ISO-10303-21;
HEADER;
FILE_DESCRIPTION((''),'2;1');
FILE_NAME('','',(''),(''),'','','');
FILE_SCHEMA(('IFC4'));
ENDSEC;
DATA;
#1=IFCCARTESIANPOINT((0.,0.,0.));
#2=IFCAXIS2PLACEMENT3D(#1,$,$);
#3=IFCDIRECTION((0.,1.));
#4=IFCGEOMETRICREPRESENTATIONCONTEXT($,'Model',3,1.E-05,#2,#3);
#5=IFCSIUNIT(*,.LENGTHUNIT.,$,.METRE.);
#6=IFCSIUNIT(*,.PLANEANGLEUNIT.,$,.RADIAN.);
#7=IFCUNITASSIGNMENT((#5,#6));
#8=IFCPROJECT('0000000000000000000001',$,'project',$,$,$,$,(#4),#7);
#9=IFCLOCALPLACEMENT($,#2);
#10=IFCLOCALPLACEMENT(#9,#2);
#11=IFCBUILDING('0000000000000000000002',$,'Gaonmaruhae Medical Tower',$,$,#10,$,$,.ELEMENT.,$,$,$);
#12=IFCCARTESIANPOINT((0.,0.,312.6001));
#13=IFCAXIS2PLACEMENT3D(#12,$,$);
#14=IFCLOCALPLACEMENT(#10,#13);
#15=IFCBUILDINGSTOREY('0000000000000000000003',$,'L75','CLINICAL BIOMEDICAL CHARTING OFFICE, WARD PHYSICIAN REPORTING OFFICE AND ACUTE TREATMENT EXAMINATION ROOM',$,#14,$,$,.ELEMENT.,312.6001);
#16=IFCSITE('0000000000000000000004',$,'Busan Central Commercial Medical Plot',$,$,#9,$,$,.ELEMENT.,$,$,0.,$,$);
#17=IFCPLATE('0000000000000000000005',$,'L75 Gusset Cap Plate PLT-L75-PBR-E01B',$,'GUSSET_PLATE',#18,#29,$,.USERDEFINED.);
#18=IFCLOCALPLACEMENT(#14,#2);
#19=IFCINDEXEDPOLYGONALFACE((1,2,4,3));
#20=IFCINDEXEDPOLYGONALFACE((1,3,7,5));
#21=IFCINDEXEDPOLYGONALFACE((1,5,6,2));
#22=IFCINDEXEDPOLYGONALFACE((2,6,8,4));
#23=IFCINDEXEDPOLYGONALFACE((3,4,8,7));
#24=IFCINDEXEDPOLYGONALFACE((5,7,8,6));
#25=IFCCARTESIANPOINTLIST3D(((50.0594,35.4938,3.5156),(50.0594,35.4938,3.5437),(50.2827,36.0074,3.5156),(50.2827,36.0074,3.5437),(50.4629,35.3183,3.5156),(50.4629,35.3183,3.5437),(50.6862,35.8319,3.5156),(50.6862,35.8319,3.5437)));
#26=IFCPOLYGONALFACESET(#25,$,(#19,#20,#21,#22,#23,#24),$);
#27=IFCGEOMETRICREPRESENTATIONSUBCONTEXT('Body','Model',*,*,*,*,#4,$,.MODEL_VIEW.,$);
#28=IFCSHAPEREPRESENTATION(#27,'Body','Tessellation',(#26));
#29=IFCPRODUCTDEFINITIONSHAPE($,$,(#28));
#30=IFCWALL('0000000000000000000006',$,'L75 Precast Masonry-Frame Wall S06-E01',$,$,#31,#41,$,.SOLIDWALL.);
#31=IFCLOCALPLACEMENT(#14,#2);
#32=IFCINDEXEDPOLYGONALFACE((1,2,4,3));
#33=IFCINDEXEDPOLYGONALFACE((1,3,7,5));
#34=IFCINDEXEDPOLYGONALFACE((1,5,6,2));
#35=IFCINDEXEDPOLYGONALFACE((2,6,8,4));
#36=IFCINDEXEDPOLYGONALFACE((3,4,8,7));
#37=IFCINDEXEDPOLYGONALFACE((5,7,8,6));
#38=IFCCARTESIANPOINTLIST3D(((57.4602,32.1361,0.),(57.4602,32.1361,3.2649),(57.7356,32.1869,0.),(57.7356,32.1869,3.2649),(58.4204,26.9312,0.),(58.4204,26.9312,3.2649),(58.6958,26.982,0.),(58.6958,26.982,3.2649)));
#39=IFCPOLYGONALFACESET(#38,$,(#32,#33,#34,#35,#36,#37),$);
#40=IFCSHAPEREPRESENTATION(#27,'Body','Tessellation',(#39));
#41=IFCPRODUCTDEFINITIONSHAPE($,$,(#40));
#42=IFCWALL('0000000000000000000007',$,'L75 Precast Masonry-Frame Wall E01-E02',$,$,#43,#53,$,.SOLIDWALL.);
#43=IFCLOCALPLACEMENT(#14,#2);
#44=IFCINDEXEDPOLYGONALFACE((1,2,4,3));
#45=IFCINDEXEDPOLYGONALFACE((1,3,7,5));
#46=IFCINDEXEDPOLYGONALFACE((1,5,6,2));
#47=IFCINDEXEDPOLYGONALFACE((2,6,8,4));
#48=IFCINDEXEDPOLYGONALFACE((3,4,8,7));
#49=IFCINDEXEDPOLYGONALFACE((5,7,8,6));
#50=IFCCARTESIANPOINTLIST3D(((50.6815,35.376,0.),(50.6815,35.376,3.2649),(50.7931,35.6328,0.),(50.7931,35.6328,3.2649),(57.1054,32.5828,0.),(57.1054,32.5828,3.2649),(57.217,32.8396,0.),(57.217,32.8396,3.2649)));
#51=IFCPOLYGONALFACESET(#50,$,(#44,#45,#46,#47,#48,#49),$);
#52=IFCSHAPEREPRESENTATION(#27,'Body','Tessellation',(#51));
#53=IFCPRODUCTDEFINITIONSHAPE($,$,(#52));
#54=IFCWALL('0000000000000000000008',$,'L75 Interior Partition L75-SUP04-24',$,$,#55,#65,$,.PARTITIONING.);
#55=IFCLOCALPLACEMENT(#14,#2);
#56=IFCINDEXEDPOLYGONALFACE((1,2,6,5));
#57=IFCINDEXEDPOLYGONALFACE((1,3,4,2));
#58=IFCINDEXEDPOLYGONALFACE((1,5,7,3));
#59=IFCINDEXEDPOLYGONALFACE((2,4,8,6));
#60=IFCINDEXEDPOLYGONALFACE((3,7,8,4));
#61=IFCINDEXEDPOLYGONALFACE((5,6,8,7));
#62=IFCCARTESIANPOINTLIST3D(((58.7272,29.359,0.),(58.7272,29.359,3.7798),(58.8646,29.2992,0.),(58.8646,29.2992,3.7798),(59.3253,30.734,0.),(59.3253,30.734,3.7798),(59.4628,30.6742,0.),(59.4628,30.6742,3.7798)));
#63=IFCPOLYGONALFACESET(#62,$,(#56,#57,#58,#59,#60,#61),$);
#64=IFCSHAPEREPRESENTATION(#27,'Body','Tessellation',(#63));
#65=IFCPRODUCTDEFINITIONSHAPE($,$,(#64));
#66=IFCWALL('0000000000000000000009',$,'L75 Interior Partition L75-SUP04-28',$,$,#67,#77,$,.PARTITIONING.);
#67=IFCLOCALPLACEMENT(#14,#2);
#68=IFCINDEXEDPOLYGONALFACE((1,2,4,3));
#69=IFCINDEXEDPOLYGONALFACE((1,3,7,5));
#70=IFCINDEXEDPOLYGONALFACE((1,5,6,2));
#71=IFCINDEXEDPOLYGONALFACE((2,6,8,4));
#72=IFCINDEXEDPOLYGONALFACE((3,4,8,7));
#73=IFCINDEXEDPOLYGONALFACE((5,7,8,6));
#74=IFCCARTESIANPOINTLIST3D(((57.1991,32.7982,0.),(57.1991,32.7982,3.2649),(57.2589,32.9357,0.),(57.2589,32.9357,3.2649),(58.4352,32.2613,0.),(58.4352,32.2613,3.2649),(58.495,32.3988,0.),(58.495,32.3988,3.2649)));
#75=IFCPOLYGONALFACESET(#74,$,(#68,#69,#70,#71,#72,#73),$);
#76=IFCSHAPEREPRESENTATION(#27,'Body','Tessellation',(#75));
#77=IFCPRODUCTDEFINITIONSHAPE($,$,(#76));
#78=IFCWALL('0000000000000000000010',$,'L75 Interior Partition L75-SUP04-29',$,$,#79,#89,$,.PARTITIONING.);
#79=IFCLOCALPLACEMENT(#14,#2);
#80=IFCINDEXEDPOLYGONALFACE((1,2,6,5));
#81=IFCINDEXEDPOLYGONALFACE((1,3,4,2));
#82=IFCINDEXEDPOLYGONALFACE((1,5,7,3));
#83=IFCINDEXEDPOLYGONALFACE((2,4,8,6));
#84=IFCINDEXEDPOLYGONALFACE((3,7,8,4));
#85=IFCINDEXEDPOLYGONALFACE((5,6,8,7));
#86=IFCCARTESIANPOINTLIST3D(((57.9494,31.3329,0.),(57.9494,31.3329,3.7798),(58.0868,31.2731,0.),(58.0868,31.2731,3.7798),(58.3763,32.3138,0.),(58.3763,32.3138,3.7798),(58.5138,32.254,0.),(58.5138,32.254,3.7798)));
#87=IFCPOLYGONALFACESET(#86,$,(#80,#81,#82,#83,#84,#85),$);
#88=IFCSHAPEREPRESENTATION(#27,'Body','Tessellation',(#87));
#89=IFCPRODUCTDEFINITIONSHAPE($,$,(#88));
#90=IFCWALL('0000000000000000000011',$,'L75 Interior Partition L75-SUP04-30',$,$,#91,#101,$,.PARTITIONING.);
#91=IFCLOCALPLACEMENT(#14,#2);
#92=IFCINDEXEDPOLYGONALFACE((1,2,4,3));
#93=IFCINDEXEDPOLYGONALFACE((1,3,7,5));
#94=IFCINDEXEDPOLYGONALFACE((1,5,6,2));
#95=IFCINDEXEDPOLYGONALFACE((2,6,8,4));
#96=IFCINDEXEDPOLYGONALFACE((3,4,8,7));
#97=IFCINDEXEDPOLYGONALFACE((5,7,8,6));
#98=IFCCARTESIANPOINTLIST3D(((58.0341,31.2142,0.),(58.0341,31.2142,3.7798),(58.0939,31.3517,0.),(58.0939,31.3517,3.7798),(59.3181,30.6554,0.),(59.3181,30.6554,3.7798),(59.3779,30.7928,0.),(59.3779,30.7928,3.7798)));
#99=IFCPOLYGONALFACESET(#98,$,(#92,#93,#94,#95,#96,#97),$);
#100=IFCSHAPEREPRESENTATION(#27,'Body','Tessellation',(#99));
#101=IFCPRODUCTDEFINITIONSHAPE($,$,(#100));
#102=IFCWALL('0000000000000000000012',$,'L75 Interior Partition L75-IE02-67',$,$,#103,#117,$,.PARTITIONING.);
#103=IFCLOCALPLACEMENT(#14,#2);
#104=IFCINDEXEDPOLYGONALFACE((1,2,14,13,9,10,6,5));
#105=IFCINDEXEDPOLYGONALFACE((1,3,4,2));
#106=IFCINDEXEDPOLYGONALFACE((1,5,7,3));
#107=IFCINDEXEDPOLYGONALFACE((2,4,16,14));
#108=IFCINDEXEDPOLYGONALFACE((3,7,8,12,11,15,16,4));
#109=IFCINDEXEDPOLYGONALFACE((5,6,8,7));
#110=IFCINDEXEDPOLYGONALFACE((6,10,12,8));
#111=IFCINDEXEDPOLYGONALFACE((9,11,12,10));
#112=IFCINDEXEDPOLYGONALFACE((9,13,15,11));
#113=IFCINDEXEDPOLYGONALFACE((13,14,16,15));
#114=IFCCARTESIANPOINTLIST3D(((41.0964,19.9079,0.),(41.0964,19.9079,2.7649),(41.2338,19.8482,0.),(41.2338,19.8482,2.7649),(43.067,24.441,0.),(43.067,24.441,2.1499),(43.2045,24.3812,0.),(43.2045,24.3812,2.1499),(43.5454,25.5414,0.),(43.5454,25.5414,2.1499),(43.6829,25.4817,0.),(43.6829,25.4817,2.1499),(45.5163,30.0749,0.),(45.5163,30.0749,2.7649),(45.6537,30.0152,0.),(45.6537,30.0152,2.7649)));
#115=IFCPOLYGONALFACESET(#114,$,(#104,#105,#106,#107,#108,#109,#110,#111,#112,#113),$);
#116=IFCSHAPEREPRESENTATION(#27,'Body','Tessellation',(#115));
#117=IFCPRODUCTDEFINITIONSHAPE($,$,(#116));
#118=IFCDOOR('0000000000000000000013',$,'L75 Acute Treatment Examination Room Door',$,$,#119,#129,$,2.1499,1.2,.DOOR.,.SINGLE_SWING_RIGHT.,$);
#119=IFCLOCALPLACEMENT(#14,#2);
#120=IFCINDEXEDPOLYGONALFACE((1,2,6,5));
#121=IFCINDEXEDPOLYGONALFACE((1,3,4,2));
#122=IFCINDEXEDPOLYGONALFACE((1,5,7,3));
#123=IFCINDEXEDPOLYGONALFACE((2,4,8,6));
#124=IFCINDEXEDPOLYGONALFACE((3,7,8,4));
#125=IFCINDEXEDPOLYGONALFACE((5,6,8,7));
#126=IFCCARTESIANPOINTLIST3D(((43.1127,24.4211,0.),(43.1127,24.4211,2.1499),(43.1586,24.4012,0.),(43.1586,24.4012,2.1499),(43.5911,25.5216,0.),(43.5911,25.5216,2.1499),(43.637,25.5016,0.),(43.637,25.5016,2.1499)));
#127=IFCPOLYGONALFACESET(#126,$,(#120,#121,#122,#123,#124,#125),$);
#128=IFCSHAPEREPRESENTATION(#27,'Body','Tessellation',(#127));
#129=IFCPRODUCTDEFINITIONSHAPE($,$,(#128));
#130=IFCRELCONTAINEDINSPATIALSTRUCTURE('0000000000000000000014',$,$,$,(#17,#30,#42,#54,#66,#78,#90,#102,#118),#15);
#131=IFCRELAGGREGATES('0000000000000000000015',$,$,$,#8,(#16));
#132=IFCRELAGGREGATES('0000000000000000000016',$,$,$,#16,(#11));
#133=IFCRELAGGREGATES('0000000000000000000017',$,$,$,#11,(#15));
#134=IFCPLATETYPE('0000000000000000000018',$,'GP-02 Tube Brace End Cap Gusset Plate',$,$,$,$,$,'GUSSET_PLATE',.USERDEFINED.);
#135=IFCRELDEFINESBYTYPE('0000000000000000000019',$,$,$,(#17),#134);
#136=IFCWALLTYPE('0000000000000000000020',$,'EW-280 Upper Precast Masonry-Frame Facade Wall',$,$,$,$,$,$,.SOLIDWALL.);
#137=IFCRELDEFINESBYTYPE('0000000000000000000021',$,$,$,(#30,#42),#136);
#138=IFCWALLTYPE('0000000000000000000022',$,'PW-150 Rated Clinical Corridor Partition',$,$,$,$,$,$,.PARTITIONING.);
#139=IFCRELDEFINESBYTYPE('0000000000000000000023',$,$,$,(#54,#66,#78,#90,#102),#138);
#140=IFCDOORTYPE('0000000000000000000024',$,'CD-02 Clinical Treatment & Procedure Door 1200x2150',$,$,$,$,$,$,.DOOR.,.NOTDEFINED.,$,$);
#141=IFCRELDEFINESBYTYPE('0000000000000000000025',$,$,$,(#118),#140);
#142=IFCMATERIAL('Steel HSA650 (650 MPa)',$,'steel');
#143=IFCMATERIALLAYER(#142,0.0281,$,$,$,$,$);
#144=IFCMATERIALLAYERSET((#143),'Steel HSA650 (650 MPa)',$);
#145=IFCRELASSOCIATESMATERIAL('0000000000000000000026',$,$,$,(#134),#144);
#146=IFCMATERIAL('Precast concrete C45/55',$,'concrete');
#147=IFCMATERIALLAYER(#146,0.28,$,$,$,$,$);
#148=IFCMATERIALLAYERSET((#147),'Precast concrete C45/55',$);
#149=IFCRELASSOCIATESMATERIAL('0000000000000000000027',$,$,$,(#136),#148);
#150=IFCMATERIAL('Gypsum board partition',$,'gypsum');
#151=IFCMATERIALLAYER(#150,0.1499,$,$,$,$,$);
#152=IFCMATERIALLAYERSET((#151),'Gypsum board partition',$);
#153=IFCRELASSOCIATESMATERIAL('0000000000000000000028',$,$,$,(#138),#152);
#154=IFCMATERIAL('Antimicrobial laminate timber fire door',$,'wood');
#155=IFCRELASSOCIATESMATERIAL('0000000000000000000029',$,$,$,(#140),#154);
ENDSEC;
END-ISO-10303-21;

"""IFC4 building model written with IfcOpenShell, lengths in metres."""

from ifc_helpers import new_model, si_unit, direction, frame, frame_2d, origin, origin_2d, place, context, subcontext, project, spatial, rectangle, extrude, material, layer, layer_set, type_object, element, fill, save


model = new_model("IFC4")

# Units and contexts
model_context = context("Model", 3, precision=1e-05, world=origin(), true_north=direction((0.0, 1.0)))
body_context = subcontext(model_context, "Body", "Model", "MODEL_VIEW")
ifc_project = project(units=[si_unit("LENGTHUNIT", "METRE"), si_unit("PLANEANGLEUNIT", "RADIAN")], contexts=[model_context])

# Site, building, storey
site_placement = place(None, origin())
site = spatial("IfcSite", under=ifc_project, at=site_placement, Name="Busan Central Commercial Medical Plot", CompositionType="ELEMENT", RefElevation=0.0)
building_placement = place(site_placement, origin())
building = spatial("IfcBuilding", under=site, at=building_placement, Name="Gaonmaruhae Medical Tower", CompositionType="ELEMENT")
storey_placement = place(building_placement, frame((0.0, 0.0, 312.6001)))
storey = spatial("IfcBuildingStorey", under=building, at=storey_placement, Name="L75", Description="CLINICAL BIOMEDICAL CHARTING OFFICE, WARD PHYSICIAN REPORTING OFFICE AND ACUTE TREATMENT EXAMINATION ROOM", CompositionType="ELEMENT", Elevation=312.6001)

# Plate
ifc_material_1 = material(Name="Steel HSA650 (650 MPa)", Category="steel")
ifc_layer_1 = layer(ifc_material_1, 0.0281)
ifc_layer_set_1 = layer_set([ifc_layer_1], Name="Steel HSA650 (650 MPa)")
plate_type = type_object("IfcPlateType", Name="GP-02 Tube Brace End Cap Gusset Plate", ElementType="GUSSET_PLATE", PredefinedType="USERDEFINED", material=ifc_layer_set_1)
for number, where, z_axis, x_axis, name in (
    (1, (50.3728, 35.6628, 3.5156), (0.0, 0.0, 1.0), (0.398749, 0.91706, 0.0), "L75 Gusset Cap Plate PLT-L75-PBR-E01B"),
):
    element("IfcPlate", number, at=place(storey_placement, frame(where, z_axis=z_axis, x_axis=x_axis)), inside=storey, type_object=plate_type, Name=name, ObjectType="GUSSET_PLATE", PredefinedType="USERDEFINED", context=body_context, shape_type="SweptSolid", body=[
        extrude(rectangle(XDim=0.5601, YDim=0.4399, at=origin_2d()), origin(), (0.0, 0.0, 1.0), 0.0281),
    ])

# Walls
ifc_material_2 = material(Name="Precast concrete C45/55", Category="concrete")
ifc_layer_2 = layer(ifc_material_2, 0.28)
ifc_layer_set_2 = layer_set([ifc_layer_2], Name="Precast concrete C45/55")
wall_type_1 = type_object("IfcWallType", Name="EW-280 Upper Precast Masonry-Frame Facade Wall", PredefinedType="SOLIDWALL", material=ifc_layer_set_2)
wall_1_placement = place(storey_placement, frame((57.5979, 32.1616, 0.0), z_axis=(0.0, 0.0, 1.0), x_axis=(0.181422, -0.983405, 0.0)))
element("IfcWall", 2, at=wall_1_placement, inside=storey, type_object=wall_type_1, Name="L75 Precast Masonry-Frame Wall S06-E01", PredefinedType="SOLIDWALL", context=body_context, shape_type="SweptSolid", body=[
    extrude(rectangle(XDim=5.2927, YDim=0.28, at=frame_2d((2.6465, 0.0))), origin(), (0.0, 0.0, 1.0), 3.2649),
])
wall_2_placement = place(storey_placement, frame((50.7373, 35.5044, 0.0), z_axis=(0.0, 0.0, 1.0), x_axis=(0.917057, -0.398755, 0.0)))
element("IfcWall", 3, at=wall_2_placement, inside=storey, type_object=wall_type_1, Name="L75 Precast Masonry-Frame Wall E01-E02", PredefinedType="SOLIDWALL", context=body_context, shape_type="SweptSolid", body=[
    extrude(rectangle(XDim=7.0049, YDim=0.28, at=frame_2d((3.5024, 0.0))), origin(), (0.0, 0.0, 1.0), 3.2649),
])
ifc_material_3 = material(Name="Gypsum board partition", Category="gypsum")
ifc_layer_3 = layer(ifc_material_3, 0.1499)
ifc_layer_set_3 = layer_set([ifc_layer_3], Name="Gypsum board partition")
wall_type_2 = type_object("IfcWallType", Name="PW-150 Rated Clinical Corridor Partition", PredefinedType="PARTITIONING", material=ifc_layer_set_3)
wall_3_placement = place(storey_placement, frame((59.394, 30.7041, 0.0), z_axis=(0.0, 0.0, 1.0), x_axis=(-0.398905, -0.916992, 0.0)))
element("IfcWall", 4, at=wall_3_placement, inside=storey, type_object=wall_type_2, Name="L75 Interior Partition L75-SUP04-24", PredefinedType="PARTITIONING", context=body_context, shape_type="SweptSolid", body=[
    extrude(rectangle(XDim=1.4995, YDim=0.1499, at=frame_2d((0.7498, 0.0))), origin(), (0.0, 0.0, 1.0), 3.7798),
])

# Shared definitions
ifc_material_4 = material(Name="Antimicrobial laminate timber fire door", Category="wood")
door_type = type_object("IfcDoorType", Name="CD-02 Clinical Treatment & Procedure Door 1200x2150", OperationType="NOTDEFINED", PredefinedType="DOOR", material=ifc_material_4)

# Walls
wall_4_placement = place(storey_placement, frame((57.229, 32.8669, 0.0), z_axis=(0.0, 0.0, 1.0), x_axis=(0.917223, -0.398375, 0.0)))
element("IfcWall", 5, at=wall_4_placement, inside=storey, type_object=wall_type_2, Name="L75 Interior Partition L75-SUP04-28", PredefinedType="PARTITIONING", context=body_context, shape_type="SweptSolid", body=[
    extrude(rectangle(XDim=1.3477, YDim=0.1499, at=frame_2d((0.6738, 0.0))), origin(), (0.0, 0.0, 1.0), 3.2649),
])
wall_5_placement = place(storey_placement, frame((58.4451, 32.2839, 0.0), z_axis=(0.0, 0.0, 1.0), x_axis=(-0.399118, -0.916899, 0.0)))
element("IfcWall", 6, at=wall_5_placement, inside=storey, type_object=wall_type_2, Name="L75 Interior Partition L75-SUP04-29", PredefinedType="PARTITIONING", context=body_context, shape_type="SweptSolid", body=[
    extrude(rectangle(XDim=1.0698, YDim=0.1499, at=frame_2d((0.5349, 0.0))), origin(), (0.0, 0.0, 1.0), 3.7798),
])
wall_6_placement = place(storey_placement, frame((58.064, 31.283, 0.0), z_axis=(0.0, 0.0, 1.0), x_axis=(0.916912, -0.399089, 0.0)))
element("IfcWall", 7, at=wall_6_placement, inside=storey, type_object=wall_type_2, Name="L75 Interior Partition L75-SUP04-30", PredefinedType="PARTITIONING", context=body_context, shape_type="SweptSolid", body=[
    extrude(rectangle(XDim=1.4004, YDim=0.1499, at=frame_2d((0.7002, 0.0))), origin(), (0.0, 0.0, 1.0), 3.7798),
])

# Wall, opening, door
wall_7_placement = place(storey_placement, frame((45.585, 30.0449, 0.0), z_axis=(0.0, 0.0, 1.0), x_axis=(-0.398687, -0.917087, 0.0)))
wall_7 = element("IfcWall", 8, at=wall_7_placement, inside=storey, type_object=wall_type_2, Name="L75 Interior Partition L75-IE02-67", PredefinedType="PARTITIONING", context=body_context, shape_type="SweptSolid", body=[
    extrude(rectangle(XDim=11.0862, YDim=0.1499, at=frame_2d((5.543, 0.0))), origin(), (0.0, 0.0, 1.0), 2.7649),
])
opening_1_placement = place(wall_7_placement, frame((4.9431, 0.0, 0.0)))
opening_1 = element("IfcOpeningElement", 9, at=opening_1_placement, cuts=wall_7, PredefinedType="OPENING", context=body_context, shape_type="SweptSolid", body=[
    extrude(rectangle(XDim=1.2, YDim=2.1499, at=frame_2d((0.6001, 1.075))), frame((0.0, 0.085, 0.0), z_axis=(0.0, -1.0, 0.0), x_axis=(1.0, 0.0, 0.0)), (0.0, 0.0, 1.0), 0.1699),
])
door_1_placement = place(opening_1_placement, origin())
door_1 = element("IfcDoor", 10, at=door_1_placement, inside=storey, type_object=door_type, Name="L75 Acute Treatment Examination Room Door", OperationType="SINGLE_SWING_RIGHT", OverallHeight=2.1499, OverallWidth=1.2, PredefinedType="DOOR", context=body_context, shape_type="SweptSolid", body=[
    extrude(rectangle(XDim=1.2, YDim=2.1499, at=frame_2d((0.6001, 1.075))), frame((0.0, 0.0249, 0.0), z_axis=(0.0, -1.0, 0.0), x_axis=(1.0, 0.0, 0.0)), (0.0, 0.0, 1.0), 0.05),
])
fill(opening_1, door_1)

save(model, "model.ifc")
